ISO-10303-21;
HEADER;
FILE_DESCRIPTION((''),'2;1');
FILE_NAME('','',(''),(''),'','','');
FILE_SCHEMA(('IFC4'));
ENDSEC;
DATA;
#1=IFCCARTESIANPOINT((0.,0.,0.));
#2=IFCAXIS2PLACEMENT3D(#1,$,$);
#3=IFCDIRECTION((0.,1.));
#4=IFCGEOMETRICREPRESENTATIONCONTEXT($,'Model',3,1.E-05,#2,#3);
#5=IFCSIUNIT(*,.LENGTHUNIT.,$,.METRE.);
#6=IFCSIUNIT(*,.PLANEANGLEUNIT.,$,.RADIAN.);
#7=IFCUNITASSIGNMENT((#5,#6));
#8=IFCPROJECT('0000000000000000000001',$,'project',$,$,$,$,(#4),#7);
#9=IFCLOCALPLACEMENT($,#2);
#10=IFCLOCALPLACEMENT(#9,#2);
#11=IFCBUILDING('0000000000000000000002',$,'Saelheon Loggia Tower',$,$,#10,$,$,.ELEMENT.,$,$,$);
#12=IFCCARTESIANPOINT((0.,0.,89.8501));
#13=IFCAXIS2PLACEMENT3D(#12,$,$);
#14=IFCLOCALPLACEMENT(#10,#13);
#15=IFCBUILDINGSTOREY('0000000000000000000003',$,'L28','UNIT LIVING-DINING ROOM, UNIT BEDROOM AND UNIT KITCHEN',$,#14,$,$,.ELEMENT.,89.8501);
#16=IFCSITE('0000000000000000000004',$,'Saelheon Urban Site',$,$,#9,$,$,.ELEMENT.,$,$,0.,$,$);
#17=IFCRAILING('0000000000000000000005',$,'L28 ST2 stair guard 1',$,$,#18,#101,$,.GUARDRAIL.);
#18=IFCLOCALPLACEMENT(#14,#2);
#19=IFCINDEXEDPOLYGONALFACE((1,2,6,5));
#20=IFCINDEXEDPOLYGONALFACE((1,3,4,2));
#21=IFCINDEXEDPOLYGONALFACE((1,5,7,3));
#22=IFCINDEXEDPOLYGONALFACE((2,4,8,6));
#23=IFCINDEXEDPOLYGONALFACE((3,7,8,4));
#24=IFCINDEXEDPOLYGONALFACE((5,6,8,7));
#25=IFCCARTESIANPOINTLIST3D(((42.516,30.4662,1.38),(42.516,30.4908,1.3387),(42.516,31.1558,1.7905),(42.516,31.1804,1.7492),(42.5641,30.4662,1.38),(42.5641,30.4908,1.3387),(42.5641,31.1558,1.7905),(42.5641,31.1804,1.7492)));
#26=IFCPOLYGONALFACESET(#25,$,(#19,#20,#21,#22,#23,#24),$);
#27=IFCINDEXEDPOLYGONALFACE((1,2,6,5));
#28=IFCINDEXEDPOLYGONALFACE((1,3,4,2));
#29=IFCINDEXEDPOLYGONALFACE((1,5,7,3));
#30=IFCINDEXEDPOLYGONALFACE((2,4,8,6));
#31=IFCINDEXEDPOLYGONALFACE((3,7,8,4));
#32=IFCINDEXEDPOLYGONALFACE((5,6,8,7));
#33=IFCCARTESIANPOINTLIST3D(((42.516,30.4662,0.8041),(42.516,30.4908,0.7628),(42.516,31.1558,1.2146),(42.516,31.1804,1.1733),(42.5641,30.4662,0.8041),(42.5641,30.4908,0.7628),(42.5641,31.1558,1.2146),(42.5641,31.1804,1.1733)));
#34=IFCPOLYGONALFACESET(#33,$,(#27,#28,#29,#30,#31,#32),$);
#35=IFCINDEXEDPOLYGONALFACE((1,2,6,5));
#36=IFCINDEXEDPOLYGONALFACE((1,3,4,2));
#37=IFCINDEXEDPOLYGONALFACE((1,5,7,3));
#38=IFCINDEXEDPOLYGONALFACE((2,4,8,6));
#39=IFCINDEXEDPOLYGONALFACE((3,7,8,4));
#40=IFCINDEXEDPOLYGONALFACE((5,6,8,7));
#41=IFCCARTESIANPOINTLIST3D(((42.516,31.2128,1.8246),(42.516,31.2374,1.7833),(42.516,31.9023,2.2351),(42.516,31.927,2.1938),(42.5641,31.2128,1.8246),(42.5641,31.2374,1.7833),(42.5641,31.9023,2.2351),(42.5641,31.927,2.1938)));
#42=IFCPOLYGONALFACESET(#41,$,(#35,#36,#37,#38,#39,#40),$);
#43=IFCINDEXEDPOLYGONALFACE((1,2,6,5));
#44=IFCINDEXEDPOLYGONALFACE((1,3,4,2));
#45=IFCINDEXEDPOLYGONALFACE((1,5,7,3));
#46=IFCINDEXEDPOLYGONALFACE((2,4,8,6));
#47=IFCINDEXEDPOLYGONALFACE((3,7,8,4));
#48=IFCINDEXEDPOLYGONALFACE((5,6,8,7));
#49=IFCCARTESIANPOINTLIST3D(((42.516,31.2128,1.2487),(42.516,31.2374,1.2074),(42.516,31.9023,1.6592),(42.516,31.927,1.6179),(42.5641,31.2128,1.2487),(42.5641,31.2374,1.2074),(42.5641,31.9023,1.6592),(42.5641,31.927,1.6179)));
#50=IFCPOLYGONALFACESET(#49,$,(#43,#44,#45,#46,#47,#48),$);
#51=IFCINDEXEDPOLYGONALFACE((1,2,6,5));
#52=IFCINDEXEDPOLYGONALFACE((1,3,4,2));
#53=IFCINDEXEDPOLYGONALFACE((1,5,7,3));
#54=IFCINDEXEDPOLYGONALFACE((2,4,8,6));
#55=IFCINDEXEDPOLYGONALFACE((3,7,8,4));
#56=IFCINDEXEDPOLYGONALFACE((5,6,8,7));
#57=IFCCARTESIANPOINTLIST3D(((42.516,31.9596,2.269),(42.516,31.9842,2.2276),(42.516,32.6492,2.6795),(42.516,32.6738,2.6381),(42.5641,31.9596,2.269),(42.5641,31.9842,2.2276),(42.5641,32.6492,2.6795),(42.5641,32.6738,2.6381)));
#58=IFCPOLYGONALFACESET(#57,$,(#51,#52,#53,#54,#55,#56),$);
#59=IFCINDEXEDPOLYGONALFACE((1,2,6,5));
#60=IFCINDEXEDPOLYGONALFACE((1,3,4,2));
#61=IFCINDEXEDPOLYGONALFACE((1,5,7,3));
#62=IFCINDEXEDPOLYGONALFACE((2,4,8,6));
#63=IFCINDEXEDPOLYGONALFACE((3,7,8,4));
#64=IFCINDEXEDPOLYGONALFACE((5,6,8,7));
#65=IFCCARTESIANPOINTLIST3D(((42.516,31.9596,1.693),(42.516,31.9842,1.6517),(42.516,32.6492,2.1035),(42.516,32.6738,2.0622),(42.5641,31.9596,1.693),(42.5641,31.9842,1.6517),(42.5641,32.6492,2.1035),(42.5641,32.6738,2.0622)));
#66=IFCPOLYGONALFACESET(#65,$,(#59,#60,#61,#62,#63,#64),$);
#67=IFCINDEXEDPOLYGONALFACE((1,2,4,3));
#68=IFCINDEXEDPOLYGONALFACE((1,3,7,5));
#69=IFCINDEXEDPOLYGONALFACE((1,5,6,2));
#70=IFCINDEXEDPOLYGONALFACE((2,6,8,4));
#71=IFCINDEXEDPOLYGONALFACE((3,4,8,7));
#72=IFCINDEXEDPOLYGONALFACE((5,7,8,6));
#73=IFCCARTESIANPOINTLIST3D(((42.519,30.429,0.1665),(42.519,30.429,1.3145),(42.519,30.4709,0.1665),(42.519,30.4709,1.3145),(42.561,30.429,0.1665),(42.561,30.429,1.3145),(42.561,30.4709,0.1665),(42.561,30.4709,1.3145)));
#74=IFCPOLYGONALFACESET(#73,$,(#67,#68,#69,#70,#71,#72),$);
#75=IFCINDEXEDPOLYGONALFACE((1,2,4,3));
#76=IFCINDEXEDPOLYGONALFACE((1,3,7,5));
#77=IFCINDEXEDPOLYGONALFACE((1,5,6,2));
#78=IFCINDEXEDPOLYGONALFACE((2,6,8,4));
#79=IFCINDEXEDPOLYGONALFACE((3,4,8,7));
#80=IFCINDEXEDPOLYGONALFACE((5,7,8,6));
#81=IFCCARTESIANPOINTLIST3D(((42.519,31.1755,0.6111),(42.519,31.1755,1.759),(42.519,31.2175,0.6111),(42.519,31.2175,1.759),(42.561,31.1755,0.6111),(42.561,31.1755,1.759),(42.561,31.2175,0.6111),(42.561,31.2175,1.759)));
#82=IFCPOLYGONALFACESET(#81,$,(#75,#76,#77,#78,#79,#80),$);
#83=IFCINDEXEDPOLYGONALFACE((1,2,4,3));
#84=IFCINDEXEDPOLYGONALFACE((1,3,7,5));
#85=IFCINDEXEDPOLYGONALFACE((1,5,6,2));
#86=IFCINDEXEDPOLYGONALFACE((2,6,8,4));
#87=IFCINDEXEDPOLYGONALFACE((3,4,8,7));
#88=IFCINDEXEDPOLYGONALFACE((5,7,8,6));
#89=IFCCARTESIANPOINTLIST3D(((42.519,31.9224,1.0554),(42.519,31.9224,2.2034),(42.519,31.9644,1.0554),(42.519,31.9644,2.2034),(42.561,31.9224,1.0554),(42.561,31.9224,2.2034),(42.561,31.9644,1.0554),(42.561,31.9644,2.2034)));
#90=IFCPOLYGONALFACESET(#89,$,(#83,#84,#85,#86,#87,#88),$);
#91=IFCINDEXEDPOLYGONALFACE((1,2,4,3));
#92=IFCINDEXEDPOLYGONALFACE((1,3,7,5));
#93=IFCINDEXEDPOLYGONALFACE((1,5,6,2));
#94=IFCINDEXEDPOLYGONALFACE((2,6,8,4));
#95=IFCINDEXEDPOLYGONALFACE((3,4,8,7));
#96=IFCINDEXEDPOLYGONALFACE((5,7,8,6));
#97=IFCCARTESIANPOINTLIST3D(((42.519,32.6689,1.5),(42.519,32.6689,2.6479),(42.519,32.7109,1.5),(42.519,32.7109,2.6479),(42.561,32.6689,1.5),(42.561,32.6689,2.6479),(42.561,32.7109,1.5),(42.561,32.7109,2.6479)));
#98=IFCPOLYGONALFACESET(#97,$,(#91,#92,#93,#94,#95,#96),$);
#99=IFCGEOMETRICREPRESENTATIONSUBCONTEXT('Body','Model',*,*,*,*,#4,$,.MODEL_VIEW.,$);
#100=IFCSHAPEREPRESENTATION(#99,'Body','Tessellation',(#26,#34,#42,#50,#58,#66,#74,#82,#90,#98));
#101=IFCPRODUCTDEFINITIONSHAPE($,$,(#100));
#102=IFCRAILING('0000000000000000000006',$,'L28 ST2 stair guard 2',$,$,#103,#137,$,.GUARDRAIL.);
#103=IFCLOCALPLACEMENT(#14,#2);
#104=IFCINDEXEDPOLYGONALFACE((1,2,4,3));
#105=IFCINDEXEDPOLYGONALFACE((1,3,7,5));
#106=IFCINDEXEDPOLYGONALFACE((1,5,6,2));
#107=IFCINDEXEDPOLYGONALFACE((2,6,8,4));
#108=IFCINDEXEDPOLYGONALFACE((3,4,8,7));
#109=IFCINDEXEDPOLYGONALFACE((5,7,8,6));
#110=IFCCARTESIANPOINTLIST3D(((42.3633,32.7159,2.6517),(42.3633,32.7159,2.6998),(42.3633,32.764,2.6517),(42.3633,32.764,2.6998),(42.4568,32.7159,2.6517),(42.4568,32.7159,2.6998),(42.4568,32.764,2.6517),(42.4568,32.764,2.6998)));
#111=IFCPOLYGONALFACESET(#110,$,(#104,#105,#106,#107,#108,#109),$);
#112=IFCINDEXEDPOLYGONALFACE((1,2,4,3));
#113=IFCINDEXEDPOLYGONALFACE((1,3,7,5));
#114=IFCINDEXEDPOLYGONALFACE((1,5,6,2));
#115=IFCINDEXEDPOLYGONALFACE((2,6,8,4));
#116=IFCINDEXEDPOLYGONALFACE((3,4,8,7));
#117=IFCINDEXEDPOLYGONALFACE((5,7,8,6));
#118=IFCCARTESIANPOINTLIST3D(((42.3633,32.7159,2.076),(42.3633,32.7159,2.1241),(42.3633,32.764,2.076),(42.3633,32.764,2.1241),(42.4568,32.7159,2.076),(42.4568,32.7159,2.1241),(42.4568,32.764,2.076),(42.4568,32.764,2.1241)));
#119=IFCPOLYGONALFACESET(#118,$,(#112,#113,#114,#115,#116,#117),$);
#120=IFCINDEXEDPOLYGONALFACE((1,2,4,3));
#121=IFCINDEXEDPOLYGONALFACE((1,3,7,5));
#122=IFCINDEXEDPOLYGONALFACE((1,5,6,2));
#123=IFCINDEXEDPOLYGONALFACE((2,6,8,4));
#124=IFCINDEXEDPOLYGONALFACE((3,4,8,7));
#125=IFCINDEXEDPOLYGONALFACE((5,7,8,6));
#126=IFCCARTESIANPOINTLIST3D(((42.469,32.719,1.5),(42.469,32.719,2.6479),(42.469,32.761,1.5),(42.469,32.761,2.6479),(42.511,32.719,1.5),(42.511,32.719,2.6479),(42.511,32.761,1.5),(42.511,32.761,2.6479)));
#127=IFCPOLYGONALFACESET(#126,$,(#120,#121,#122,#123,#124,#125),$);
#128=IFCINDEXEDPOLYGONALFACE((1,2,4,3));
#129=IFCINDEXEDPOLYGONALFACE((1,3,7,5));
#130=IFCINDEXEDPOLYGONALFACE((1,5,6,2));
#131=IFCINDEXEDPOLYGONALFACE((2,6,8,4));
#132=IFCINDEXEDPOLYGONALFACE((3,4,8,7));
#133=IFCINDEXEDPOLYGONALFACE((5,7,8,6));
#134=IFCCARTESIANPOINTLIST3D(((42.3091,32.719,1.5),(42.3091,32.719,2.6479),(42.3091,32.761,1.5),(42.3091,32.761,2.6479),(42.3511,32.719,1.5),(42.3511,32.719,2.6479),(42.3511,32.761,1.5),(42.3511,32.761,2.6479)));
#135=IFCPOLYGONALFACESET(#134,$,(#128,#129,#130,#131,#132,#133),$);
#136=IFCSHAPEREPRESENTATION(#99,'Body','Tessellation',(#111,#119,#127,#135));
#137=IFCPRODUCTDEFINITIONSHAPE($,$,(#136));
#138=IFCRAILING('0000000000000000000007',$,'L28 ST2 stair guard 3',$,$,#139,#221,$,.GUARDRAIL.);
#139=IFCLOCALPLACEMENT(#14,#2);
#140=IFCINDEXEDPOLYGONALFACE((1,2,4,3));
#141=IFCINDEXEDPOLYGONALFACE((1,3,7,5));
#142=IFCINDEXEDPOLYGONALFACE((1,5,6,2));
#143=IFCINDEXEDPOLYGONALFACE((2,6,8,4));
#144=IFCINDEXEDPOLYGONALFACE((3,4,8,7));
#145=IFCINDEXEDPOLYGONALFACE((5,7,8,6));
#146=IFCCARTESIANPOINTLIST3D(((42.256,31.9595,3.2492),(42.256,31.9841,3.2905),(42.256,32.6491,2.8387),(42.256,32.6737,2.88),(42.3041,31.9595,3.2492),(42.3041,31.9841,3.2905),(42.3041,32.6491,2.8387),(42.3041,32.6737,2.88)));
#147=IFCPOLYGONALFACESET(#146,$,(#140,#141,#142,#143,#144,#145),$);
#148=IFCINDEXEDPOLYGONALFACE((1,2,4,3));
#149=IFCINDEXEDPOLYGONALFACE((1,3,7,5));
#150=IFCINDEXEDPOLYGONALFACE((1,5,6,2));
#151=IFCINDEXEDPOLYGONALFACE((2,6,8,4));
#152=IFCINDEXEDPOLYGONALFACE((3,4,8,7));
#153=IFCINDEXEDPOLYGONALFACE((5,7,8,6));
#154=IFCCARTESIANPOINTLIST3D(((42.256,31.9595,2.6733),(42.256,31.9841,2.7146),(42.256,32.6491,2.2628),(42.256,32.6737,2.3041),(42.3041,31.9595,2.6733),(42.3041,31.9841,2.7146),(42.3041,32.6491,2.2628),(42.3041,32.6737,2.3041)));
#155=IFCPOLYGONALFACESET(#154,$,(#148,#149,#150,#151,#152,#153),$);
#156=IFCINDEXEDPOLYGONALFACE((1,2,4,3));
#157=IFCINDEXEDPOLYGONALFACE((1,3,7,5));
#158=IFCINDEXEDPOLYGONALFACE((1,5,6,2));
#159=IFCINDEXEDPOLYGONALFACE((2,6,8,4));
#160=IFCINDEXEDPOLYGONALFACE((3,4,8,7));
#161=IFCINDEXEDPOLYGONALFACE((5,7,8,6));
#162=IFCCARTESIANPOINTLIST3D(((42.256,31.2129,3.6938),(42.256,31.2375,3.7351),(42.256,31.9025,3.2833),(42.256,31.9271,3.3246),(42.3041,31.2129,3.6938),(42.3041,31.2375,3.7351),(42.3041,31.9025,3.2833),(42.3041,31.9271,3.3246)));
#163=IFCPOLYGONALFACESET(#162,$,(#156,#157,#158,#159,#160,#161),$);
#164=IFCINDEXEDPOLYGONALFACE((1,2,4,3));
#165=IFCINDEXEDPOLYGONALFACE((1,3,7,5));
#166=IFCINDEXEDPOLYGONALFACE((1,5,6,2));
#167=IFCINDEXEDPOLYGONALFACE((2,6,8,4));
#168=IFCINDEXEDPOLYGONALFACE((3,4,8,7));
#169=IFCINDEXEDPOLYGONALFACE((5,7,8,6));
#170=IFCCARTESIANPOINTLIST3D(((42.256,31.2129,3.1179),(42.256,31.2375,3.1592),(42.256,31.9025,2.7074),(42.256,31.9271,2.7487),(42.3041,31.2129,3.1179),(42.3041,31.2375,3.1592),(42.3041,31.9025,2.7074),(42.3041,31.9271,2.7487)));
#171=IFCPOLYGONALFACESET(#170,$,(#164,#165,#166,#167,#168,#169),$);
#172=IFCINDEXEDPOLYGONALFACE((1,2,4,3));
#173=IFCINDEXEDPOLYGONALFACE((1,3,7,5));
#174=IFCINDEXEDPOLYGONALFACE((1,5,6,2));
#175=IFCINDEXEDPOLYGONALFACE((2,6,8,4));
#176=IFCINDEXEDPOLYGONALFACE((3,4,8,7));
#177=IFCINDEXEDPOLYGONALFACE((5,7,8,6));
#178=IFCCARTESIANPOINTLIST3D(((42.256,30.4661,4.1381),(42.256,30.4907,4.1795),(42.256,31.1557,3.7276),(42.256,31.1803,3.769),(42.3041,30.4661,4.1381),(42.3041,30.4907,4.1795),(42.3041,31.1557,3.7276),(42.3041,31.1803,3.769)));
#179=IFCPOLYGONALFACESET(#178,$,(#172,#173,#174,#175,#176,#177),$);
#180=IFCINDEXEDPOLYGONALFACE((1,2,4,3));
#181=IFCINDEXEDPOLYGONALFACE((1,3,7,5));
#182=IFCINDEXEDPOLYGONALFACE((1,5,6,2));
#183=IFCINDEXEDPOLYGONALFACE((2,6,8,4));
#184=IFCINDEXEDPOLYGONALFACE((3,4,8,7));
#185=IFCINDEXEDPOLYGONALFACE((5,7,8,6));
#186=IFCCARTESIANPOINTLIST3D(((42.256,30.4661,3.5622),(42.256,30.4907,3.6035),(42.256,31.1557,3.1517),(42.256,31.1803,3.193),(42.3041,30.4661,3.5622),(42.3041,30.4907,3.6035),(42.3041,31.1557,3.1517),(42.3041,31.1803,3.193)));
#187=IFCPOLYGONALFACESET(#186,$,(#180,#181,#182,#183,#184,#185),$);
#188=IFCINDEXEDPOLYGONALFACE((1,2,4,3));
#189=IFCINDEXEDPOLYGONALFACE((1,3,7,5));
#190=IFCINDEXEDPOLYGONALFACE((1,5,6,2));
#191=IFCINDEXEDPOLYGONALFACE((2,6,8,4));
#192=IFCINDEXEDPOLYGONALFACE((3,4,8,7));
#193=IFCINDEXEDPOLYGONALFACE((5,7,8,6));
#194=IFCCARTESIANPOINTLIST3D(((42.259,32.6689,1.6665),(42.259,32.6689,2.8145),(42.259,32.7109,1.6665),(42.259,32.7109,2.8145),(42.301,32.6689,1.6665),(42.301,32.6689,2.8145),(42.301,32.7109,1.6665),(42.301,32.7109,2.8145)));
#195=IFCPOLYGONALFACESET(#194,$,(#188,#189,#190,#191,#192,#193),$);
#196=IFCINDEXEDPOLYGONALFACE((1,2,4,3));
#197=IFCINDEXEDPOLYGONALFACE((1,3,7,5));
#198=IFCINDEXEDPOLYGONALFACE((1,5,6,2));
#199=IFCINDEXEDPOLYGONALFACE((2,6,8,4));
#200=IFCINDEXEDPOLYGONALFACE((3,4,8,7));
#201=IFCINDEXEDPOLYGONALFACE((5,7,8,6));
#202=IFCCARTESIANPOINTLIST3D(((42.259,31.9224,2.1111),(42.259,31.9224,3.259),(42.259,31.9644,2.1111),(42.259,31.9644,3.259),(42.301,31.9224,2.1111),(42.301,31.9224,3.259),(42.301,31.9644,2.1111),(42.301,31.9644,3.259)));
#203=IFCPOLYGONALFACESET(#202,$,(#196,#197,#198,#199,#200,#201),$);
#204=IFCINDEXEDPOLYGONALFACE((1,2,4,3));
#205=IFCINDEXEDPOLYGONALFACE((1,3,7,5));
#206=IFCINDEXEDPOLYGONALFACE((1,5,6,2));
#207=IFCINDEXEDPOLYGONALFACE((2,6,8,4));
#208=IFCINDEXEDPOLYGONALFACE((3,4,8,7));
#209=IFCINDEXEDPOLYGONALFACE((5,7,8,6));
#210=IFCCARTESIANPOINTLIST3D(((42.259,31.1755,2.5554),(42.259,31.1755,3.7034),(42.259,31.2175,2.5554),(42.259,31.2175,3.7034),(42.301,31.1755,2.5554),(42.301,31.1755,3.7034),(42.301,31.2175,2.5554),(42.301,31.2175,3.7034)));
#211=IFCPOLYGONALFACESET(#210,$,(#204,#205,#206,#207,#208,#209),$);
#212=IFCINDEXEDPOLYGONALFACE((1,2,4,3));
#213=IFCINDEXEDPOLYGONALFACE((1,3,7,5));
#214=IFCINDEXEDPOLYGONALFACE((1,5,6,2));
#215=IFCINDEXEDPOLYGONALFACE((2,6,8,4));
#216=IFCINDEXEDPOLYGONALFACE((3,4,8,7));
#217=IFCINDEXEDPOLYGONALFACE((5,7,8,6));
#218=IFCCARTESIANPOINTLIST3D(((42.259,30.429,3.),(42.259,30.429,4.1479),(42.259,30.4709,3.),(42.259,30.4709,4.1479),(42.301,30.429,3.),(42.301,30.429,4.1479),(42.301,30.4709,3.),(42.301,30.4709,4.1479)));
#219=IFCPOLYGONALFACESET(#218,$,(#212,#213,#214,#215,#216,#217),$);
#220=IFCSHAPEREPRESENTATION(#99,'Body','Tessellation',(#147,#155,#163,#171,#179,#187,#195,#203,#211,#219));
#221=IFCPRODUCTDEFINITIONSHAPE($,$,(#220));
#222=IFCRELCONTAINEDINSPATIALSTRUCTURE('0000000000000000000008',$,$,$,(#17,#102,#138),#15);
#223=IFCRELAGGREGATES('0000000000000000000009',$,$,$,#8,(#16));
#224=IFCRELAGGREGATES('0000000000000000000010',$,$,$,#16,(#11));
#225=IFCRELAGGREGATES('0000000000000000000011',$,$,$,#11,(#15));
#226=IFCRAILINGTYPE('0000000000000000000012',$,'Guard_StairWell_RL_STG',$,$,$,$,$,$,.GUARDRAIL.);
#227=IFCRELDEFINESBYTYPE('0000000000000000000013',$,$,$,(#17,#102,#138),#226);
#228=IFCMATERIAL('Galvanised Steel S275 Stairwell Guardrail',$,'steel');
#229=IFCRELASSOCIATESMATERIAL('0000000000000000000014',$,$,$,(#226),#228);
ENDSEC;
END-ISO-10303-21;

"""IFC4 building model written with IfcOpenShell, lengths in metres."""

from ifc_helpers import new_model, si_unit, direction, frame, origin, origin_2d, place, context, subcontext, project, spatial, rectangle, extrude, material, type_object, element, save


model = new_model("IFC4")

# Units and contexts
model_context = context("Model", 3, precision=1e-05, world=origin(), true_north=direction((0.0, 1.0)))
body_context = subcontext(model_context, "Body", "Model", "MODEL_VIEW")
ifc_project = project(units=[si_unit("LENGTHUNIT", "METRE"), si_unit("PLANEANGLEUNIT", "RADIAN")], contexts=[model_context])

# Site, building, storey
site_placement = place(None, origin())
site = spatial("IfcSite", under=ifc_project, at=site_placement, Name="Saelheon Urban Site", CompositionType="ELEMENT", RefElevation=0.0)
building_placement = place(site_placement, origin())
building = spatial("IfcBuilding", under=site, at=building_placement, Name="Saelheon Loggia Tower", CompositionType="ELEMENT")
storey_placement = place(building_placement, frame((0.0, 0.0, 89.8501)))
storey = spatial("IfcBuildingStorey", under=building, at=storey_placement, Name="L28", Description="UNIT LIVING-DINING ROOM, UNIT BEDROOM AND UNIT KITCHEN", CompositionType="ELEMENT", Elevation=89.8501)

# Railings
ifc_material_1 = material(Name="Galvanised Steel S275 Stairwell Guardrail", Category="steel")
railing_type_1 = type_object("IfcRailingType", Name="Guard_StairWell_RL_STG", PredefinedType="GUARDRAIL", material=ifc_material_1)
railing_1_placement = place(storey_placement, frame((42.54, 30.45, 0.1665)))
element("IfcRailing", 1, at=railing_1_placement, inside=storey, type_object=railing_type_1, Name="L28 ST2 stair guard 1", PredefinedType="GUARDRAIL", context=body_context, shape_type="SweptSolid", body=[
    extrude(rectangle(XDim=0.0481, YDim=0.0481, at=origin_2d()), frame((0.0, 0.0286, 1.1929), z_axis=(0.0, 0.859264, 0.511532), x_axis=(-1.0, 0.0, 0.0)), (0.0, 0.0, 1.0), 0.8025),
    extrude(rectangle(XDim=0.0481, YDim=0.0481, at=origin_2d()), frame((0.0, 0.0286, 0.6169), z_axis=(0.0, 0.859264, 0.511532), x_axis=(-1.0, 0.0, 0.0)), (0.0, 0.0, 1.0), 0.8025),
    extrude(rectangle(XDim=0.0481, YDim=0.0481, at=origin_2d()), frame((0.0, 0.7751, 1.6375), z_axis=(0.0, 0.859264, 0.511532), x_axis=(-1.0, 0.0, 0.0)), (0.0, 0.0, 1.0), 0.8025),
    extrude(rectangle(XDim=0.0481, YDim=0.0481, at=origin_2d()), frame((0.0, 0.7751, 1.0615), z_axis=(0.0, 0.859264, 0.511532), x_axis=(-1.0, 0.0, 0.0)), (0.0, 0.0, 1.0), 0.8025),
    extrude(rectangle(XDim=0.0481, YDim=0.0481, at=origin_2d()), frame((0.0, 1.522, 2.0818), z_axis=(0.0, 0.859264, 0.511532), x_axis=(-1.0, 0.0, 0.0)), (0.0, 0.0, 1.0), 0.8025),
    extrude(rectangle(XDim=0.0481, YDim=0.0481, at=origin_2d()), frame((0.0, 1.522, 1.5059), z_axis=(0.0, 0.859264, 0.511532), x_axis=(-1.0, 0.0, 0.0)), (0.0, 0.0, 1.0), 0.8025),
    extrude(rectangle(XDim=0.042, YDim=0.042, at=origin_2d()), origin(), (0.0, 0.0, 1.0), 1.1479),
    extrude(rectangle(XDim=0.042, YDim=0.042, at=origin_2d()), frame((0.0, 0.7466, 0.4446)), (0.0, 0.0, 1.0), 1.1479),
    extrude(rectangle(XDim=0.042, YDim=0.042, at=origin_2d()), frame((0.0, 1.4934, 0.8889)), (0.0, 0.0, 1.0), 1.1479),
    extrude(rectangle(XDim=0.042, YDim=0.042, at=origin_2d()), frame((0.0, 2.24, 1.3335)), (0.0, 0.0, 1.0), 1.1479),
])
railing_2_placement = place(storey_placement, frame((42.49, 32.74, 1.5)))
element("IfcRailing", 2, at=railing_2_placement, inside=storey, type_object=railing_type_1, Name="L28 ST2 stair guard 2", PredefinedType="GUARDRAIL", context=body_context, shape_type="SweptSolid", body=[
    extrude(rectangle(XDim=0.0481, YDim=0.0481, at=origin_2d()), frame((-0.0332, 0.0, 1.1758), z_axis=(-1.0, 0.0, 0.0), x_axis=(0.0, -1.0, 0.0)), (0.0, 0.0, 1.0), 0.0935),
    extrude(rectangle(XDim=0.0481, YDim=0.0481, at=origin_2d()), frame((-0.0332, 0.0, 0.6001), z_axis=(-1.0, 0.0, 0.0), x_axis=(0.0, -1.0, 0.0)), (0.0, 0.0, 1.0), 0.0935),
    extrude(rectangle(XDim=0.042, YDim=0.042, at=origin_2d()), origin(), (0.0, 0.0, 1.0), 1.1479),
    extrude(rectangle(XDim=0.042, YDim=0.042, at=origin_2d()), frame((-0.1599, 0.0, 0.0)), (0.0, 0.0, 1.0), 1.1479),
])
railing_3_placement = place(storey_placement, frame((42.28, 32.6899, 1.6665)))
element("IfcRailing", 3, at=railing_3_placement, inside=storey, type_object=railing_type_1, Name="L28 ST2 stair guard 3", PredefinedType="GUARDRAIL", context=body_context, shape_type="SweptSolid", body=[
    extrude(rectangle(XDim=0.0481, YDim=0.0481, at=origin_2d()), frame((0.0, -0.0286, 1.1929), z_axis=(0.0, -0.859264, 0.511532), x_axis=(1.0, 0.0, 0.0)), (0.0, 0.0, 1.0), 0.8025),
    extrude(rectangle(XDim=0.0481, YDim=0.0481, at=origin_2d()), frame((0.0, -0.0286, 0.6169), z_axis=(0.0, -0.859264, 0.511532), x_axis=(1.0, 0.0, 0.0)), (0.0, 0.0, 1.0), 0.8025),
    extrude(rectangle(XDim=0.0481, YDim=0.0481, at=origin_2d()), frame((0.0, -0.7751, 1.6375), z_axis=(0.0, -0.859264, 0.511532), x_axis=(1.0, 0.0, 0.0)), (0.0, 0.0, 1.0), 0.8025),
    extrude(rectangle(XDim=0.0481, YDim=0.0481, at=origin_2d()), frame((0.0, -0.7751, 1.0615), z_axis=(0.0, -0.859264, 0.511532), x_axis=(1.0, 0.0, 0.0)), (0.0, 0.0, 1.0), 0.8025),
    extrude(rectangle(XDim=0.0481, YDim=0.0481, at=origin_2d()), frame((0.0, -1.522, 2.0818), z_axis=(0.0, -0.859264, 0.511532), x_axis=(1.0, 0.0, 0.0)), (0.0, 0.0, 1.0), 0.8025),
    extrude(rectangle(XDim=0.0481, YDim=0.0481, at=origin_2d()), frame((0.0, -1.522, 1.5059), z_axis=(0.0, -0.859264, 0.511532), x_axis=(1.0, 0.0, 0.0)), (0.0, 0.0, 1.0), 0.8025),
    extrude(rectangle(XDim=0.042, YDim=0.042, at=origin_2d()), origin(), (0.0, 0.0, 1.0), 1.1479),
    extrude(rectangle(XDim=0.042, YDim=0.042, at=origin_2d()), frame((0.0, -0.7466, 0.4446)), (0.0, 0.0, 1.0), 1.1479),
    extrude(rectangle(XDim=0.042, YDim=0.042, at=origin_2d()), frame((0.0, -1.4934, 0.8889)), (0.0, 0.0, 1.0), 1.1479),
    extrude(rectangle(XDim=0.042, YDim=0.042, at=origin_2d()), frame((0.0, -2.24, 1.3335)), (0.0, 0.0, 1.0), 1.1479),
])

save(model, "model.ifc")
